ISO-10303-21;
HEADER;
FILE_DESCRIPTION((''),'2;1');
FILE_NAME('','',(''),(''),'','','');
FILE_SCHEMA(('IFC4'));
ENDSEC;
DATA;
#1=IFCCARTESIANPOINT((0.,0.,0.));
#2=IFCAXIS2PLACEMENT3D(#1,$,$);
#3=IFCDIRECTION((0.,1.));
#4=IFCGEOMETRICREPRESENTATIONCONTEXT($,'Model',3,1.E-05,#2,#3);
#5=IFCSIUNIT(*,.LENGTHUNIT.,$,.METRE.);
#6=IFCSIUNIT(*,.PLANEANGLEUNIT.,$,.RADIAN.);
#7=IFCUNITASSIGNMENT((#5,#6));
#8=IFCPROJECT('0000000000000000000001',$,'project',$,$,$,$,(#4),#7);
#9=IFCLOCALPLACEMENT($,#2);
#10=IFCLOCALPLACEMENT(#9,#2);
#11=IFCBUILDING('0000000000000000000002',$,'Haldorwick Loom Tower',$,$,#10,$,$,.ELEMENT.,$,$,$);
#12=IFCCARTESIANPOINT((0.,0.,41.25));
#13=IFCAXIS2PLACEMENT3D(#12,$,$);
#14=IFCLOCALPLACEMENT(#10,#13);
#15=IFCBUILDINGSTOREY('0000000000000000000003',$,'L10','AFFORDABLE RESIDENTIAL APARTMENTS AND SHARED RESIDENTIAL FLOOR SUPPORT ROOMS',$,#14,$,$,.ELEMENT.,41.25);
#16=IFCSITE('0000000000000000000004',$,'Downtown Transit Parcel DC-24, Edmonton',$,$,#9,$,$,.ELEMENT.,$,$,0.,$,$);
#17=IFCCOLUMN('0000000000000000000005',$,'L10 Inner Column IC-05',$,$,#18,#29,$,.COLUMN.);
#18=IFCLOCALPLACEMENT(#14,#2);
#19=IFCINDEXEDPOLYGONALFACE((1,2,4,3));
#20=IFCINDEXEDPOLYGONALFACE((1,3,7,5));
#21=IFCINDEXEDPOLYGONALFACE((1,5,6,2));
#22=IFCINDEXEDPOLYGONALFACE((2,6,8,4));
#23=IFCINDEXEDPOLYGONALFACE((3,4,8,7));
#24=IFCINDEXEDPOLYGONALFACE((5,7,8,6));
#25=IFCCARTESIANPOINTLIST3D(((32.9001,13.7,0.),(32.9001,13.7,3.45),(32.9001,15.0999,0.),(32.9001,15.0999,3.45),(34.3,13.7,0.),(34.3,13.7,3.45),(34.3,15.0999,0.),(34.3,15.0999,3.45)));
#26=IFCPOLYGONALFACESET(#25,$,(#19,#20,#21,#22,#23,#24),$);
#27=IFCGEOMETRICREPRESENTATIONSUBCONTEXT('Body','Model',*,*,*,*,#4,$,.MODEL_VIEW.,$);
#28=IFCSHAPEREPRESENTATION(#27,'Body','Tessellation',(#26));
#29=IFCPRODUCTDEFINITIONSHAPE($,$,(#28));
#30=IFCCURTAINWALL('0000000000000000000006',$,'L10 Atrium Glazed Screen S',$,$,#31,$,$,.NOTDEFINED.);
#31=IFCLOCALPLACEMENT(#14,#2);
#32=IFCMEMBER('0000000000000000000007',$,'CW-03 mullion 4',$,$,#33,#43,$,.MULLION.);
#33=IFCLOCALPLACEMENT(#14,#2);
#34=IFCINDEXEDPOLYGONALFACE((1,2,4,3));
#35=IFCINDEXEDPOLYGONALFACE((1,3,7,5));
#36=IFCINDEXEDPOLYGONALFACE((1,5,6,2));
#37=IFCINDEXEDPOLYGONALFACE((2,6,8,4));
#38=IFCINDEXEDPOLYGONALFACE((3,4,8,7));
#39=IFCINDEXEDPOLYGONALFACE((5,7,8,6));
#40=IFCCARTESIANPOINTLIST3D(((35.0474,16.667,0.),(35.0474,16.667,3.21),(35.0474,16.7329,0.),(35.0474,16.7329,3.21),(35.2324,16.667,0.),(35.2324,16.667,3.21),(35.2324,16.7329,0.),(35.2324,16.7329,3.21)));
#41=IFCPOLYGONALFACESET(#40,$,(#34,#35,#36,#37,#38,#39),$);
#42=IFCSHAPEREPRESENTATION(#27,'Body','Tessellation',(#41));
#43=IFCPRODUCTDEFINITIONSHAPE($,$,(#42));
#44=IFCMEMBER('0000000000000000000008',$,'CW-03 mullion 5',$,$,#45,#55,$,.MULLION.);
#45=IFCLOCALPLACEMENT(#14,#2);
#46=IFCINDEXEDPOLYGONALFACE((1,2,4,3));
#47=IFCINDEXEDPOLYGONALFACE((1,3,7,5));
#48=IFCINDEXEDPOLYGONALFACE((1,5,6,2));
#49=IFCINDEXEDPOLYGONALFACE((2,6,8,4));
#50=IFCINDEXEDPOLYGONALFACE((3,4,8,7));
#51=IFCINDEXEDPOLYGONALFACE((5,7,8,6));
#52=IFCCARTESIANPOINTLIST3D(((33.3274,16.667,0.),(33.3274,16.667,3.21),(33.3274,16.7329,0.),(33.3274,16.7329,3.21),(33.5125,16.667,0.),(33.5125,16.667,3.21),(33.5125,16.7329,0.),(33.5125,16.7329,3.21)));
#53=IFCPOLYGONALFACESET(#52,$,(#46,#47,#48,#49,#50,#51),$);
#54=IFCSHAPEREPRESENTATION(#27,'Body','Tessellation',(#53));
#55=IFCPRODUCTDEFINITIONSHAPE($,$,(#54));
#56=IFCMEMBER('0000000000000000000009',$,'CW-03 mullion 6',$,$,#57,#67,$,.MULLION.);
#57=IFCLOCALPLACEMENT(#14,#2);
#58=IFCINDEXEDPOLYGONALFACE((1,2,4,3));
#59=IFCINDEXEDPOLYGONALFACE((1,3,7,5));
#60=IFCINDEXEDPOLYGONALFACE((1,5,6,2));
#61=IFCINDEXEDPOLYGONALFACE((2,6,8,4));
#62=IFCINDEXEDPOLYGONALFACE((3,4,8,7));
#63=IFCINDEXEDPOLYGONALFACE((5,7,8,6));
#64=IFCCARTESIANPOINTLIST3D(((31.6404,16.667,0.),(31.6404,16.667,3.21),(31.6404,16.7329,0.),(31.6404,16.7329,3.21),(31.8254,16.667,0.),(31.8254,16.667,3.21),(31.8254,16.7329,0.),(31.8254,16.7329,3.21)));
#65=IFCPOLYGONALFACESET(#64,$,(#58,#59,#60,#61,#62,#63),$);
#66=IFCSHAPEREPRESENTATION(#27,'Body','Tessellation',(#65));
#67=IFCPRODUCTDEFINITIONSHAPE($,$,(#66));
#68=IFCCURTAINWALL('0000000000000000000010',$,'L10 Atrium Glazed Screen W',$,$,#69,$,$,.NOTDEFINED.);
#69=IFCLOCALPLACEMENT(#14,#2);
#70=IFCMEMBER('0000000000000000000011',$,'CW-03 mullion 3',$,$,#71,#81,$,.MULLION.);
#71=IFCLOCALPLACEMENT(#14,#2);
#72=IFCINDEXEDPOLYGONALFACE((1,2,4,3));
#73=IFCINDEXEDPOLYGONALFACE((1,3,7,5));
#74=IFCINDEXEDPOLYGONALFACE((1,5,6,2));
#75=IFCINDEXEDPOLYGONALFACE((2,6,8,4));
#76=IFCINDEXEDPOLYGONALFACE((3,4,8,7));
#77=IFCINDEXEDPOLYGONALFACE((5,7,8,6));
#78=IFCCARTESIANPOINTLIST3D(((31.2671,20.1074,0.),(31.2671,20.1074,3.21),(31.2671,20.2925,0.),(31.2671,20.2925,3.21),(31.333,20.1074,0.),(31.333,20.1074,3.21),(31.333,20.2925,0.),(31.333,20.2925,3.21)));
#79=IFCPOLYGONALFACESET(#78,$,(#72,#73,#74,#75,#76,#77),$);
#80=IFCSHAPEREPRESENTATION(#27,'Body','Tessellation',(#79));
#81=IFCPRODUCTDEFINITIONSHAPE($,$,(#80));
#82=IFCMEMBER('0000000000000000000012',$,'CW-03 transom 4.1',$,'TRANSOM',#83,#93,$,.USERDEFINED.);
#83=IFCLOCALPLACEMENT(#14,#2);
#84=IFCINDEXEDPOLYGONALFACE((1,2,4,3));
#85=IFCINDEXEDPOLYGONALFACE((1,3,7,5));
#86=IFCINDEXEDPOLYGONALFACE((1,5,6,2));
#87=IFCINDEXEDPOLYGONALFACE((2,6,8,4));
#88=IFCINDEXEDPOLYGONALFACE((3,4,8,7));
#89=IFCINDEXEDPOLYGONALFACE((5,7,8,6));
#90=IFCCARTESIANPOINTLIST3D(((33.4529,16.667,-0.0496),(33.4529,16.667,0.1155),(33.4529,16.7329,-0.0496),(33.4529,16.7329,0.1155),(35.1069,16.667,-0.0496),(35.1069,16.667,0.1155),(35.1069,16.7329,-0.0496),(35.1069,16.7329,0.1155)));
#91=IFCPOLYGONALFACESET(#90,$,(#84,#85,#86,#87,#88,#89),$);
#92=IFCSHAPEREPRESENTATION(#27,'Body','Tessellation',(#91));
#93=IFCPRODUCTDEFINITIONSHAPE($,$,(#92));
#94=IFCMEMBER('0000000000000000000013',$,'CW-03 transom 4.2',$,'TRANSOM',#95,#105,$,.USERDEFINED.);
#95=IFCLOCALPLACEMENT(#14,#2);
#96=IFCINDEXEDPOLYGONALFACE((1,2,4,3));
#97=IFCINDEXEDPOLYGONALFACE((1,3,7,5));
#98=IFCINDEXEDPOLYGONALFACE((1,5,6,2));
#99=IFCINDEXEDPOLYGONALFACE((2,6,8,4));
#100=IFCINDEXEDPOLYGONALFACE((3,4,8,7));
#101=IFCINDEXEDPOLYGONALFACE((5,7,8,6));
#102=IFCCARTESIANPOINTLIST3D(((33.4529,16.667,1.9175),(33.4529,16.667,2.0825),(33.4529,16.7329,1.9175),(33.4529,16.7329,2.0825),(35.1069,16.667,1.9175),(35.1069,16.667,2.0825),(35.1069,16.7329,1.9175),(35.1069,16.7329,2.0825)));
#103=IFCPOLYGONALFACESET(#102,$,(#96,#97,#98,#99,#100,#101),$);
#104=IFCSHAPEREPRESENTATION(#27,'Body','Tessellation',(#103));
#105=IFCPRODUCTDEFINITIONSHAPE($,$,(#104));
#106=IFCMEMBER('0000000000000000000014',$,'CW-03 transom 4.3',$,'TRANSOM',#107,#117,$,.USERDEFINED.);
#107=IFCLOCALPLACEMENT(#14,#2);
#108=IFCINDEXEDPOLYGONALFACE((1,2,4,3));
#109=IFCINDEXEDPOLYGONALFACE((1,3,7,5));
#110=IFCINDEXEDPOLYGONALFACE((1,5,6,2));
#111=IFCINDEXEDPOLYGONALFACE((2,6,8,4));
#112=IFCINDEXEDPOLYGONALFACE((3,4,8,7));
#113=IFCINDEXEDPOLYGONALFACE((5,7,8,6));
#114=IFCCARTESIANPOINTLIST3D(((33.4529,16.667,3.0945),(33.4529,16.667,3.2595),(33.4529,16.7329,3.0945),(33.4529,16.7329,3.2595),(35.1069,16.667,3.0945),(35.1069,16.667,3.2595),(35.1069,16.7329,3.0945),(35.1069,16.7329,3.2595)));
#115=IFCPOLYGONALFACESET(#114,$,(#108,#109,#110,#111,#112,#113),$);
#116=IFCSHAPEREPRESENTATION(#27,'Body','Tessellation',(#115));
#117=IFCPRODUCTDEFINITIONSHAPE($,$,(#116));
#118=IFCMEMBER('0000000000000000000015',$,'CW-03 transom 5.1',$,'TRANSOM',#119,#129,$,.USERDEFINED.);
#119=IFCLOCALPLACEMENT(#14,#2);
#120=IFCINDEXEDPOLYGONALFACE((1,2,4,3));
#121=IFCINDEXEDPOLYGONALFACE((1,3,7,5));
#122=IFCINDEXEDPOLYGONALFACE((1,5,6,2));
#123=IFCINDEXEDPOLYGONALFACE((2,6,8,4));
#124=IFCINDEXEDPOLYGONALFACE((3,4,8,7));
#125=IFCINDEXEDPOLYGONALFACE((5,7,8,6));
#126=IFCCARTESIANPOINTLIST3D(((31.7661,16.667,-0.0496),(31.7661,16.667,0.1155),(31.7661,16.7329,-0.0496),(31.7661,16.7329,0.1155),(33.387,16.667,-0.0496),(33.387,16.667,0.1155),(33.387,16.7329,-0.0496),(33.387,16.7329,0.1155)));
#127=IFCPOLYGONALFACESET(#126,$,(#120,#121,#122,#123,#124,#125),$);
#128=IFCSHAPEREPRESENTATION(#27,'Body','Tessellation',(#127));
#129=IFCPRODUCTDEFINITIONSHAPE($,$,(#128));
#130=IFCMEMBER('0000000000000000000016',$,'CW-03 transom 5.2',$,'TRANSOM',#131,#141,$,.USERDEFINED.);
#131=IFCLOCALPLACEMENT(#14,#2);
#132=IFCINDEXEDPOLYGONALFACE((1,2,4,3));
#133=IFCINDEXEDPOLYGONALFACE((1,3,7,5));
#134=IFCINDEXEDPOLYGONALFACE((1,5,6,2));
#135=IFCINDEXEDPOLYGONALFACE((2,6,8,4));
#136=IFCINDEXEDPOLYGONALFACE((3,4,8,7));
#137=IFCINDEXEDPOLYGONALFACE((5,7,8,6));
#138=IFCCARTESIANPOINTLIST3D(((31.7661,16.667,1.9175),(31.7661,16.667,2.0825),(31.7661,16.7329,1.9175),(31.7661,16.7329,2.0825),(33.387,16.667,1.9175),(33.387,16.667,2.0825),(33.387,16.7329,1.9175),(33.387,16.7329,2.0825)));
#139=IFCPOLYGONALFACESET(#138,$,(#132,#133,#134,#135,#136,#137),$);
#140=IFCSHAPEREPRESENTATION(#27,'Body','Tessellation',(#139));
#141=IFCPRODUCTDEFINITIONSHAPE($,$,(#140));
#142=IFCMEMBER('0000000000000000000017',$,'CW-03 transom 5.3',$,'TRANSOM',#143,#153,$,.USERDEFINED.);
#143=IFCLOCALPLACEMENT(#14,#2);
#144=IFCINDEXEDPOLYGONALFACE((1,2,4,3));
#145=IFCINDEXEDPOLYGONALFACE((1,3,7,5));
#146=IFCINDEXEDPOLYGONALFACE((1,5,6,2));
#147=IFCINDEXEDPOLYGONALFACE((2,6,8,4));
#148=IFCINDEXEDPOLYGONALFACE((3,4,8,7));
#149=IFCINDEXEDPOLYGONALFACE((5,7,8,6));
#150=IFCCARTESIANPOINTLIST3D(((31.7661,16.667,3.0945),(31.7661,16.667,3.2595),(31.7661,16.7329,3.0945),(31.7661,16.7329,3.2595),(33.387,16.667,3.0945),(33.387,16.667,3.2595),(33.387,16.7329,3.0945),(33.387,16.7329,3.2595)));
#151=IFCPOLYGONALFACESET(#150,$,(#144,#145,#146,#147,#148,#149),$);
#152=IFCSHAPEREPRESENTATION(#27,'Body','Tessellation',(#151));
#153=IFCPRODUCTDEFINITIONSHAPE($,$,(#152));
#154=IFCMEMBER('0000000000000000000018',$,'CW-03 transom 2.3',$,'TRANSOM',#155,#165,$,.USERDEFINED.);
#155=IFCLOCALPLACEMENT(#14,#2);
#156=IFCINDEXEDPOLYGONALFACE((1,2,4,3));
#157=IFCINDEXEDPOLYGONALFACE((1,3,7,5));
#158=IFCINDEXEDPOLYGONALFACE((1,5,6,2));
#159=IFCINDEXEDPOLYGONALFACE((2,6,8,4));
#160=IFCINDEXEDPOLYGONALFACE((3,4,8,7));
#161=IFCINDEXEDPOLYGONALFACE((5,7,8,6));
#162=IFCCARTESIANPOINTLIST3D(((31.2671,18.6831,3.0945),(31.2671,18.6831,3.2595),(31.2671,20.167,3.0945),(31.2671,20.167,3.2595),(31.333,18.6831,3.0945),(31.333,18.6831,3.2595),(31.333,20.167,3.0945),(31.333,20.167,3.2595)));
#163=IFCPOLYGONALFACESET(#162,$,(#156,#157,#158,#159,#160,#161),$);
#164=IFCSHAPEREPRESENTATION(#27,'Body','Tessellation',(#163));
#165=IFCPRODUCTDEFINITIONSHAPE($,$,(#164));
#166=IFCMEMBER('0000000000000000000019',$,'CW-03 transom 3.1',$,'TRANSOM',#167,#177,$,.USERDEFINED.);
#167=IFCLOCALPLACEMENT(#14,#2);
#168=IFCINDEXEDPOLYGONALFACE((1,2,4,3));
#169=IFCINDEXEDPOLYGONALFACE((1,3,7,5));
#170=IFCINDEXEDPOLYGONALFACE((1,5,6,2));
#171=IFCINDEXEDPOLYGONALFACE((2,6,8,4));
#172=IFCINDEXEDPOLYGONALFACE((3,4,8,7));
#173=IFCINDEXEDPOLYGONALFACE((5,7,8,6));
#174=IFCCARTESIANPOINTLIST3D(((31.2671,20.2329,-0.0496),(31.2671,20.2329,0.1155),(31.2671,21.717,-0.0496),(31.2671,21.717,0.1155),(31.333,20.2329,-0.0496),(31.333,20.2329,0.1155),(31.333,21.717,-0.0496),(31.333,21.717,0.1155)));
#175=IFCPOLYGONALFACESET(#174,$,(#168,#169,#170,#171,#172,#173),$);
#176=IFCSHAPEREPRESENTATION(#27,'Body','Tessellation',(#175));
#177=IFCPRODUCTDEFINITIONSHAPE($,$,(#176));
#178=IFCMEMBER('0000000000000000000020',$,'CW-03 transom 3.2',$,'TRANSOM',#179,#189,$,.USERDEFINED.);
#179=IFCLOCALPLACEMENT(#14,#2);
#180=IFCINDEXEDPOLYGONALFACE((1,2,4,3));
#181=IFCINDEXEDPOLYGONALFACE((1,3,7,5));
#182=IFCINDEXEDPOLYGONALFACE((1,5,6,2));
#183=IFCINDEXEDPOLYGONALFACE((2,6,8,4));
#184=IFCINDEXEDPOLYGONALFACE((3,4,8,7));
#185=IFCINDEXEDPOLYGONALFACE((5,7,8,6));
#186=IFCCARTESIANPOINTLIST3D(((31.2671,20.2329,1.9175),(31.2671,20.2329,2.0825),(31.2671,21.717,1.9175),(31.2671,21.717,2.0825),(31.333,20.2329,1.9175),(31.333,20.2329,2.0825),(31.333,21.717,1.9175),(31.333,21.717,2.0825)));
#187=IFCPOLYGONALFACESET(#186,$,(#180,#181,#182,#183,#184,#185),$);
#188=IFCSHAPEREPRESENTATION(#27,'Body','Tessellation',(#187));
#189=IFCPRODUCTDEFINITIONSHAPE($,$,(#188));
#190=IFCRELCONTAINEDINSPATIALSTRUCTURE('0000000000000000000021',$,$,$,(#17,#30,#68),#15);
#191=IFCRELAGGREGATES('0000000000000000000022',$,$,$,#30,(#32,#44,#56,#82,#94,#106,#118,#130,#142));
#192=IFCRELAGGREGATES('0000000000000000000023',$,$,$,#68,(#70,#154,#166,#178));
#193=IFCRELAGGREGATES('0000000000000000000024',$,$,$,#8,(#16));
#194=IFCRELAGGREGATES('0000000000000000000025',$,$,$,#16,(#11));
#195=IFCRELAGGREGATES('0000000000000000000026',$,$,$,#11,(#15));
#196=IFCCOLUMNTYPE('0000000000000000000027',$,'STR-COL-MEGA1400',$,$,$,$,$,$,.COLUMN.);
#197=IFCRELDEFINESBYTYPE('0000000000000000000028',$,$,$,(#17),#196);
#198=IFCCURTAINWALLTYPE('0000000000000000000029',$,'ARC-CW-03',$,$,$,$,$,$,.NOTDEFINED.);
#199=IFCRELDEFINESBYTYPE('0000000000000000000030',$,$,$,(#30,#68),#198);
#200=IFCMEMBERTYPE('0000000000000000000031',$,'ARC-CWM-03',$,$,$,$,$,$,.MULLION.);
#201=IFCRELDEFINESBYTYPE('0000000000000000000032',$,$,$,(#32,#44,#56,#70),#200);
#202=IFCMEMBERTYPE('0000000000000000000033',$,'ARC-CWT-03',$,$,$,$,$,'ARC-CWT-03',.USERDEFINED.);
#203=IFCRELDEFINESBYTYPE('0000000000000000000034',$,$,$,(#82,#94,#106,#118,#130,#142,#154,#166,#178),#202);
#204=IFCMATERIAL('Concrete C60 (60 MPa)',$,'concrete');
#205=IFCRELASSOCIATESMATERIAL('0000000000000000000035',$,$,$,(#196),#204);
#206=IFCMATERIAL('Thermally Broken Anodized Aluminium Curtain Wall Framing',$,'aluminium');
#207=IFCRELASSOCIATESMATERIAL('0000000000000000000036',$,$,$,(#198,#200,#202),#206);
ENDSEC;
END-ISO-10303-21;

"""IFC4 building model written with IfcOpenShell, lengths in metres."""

from ifc_helpers import new_model, si_unit, direction, frame, origin, origin_2d, place, context, subcontext, project, spatial, rectangle, extrude, material, material_profile, profile_set, type_object, element, aggregate, save


model = new_model("IFC4")

# Units and contexts
model_context = context("Model", 3, precision=1e-05, world=origin(), true_north=direction((0.0, 1.0)))
body_context = subcontext(model_context, "Body", "Model", "MODEL_VIEW")
ifc_project = project(units=[si_unit("LENGTHUNIT", "METRE"), si_unit("PLANEANGLEUNIT", "RADIAN")], contexts=[model_context])

# Site, building, storey
site_placement = place(None, origin())
site = spatial("IfcSite", under=ifc_project, at=site_placement, Name="Downtown Transit Parcel DC-24, Edmonton", CompositionType="ELEMENT", RefElevation=0.0)
building_placement = place(site_placement, origin())
building = spatial("IfcBuilding", under=site, at=building_placement, Name="Haldorwick Loom Tower", CompositionType="ELEMENT")
storey_placement = place(building_placement, frame((0.0, 0.0, 41.25)))
storey = spatial("IfcBuildingStorey", under=building, at=storey_placement, Name="L10", Description="AFFORDABLE RESIDENTIAL APARTMENTS AND SHARED RESIDENTIAL FLOOR SUPPORT ROOMS", CompositionType="ELEMENT", Elevation=41.25)

# Column
ifc_material_1 = material(Name="Concrete C60 (60 MPa)", Category="concrete")
ifc_material_profile_1 = material_profile(ifc_material_1, rectangle(XDim=1.3999, YDim=1.3999, at=origin_2d()), Name="RC1400X1400", Category="concrete")
ifc_profile_set_1 = profile_set([ifc_material_profile_1], Name="Concrete C60 (60 MPa)")
column_type = type_object("IfcColumnType", Name="STR-COL-MEGA1400", PredefinedType="COLUMN", material=ifc_profile_set_1)
column_placement = place(storey_placement, frame((33.6001, 14.3999, 0.0), z_axis=(0.0, 0.0, 1.0), x_axis=(1.0, 0.0, 0.0)))
element("IfcColumn", 1, at=column_placement, inside=storey, type_object=column_type, Name="L10 Inner Column IC-05", PredefinedType="COLUMN", context=body_context, shape_type="SweptSolid", body=[
    extrude(rectangle(XDim=1.3999, YDim=1.3999, at=origin_2d()), origin(), (0.0, 0.0, 1.0), 3.45),
])

# Curtain wall, members
ifc_material_2 = material(Name="Thermally Broken Anodized Aluminium Curtain Wall Framing", Category="aluminium")
curtain_wall_type = type_object("IfcCurtainWallType", Name="ARC-CW-03", PredefinedType="NOTDEFINED", material=ifc_material_2)
curtain_wall_1_placement = place(storey_placement, origin())
curtain_wall_1 = element("IfcCurtainWall", 2, at=curtain_wall_1_placement, inside=storey, type_object=curtain_wall_type, Name="L10 Atrium Glazed Screen S", PredefinedType="NOTDEFINED")
ifc_material_profile_2 = material_profile(ifc_material_2, rectangle(XDim=0.0659, YDim=0.1851, at=origin_2d()), Name="ALU_MUL_66X185", Category="aluminium")
ifc_profile_set_2 = profile_set([ifc_material_profile_2], Name="Thermally Broken Anodized Aluminium Curtain Wall Framing")
member_type_1 = type_object("IfcMemberType", Name="ARC-CWM-03", PredefinedType="MULLION", material=ifc_profile_set_2)
member_1_placement = place(storey_placement, frame((35.1399, 16.7, 0.0), z_axis=(0.0, 0.0, 1.0), x_axis=(0.0, -1.0, 0.0)))
member_1 = element("IfcMember", 3, at=member_1_placement, type_object=member_type_1, Name="CW-03 mullion 4", PredefinedType="MULLION", context=body_context, shape_type="SweptSolid", body=[
    extrude(rectangle(XDim=0.0659, YDim=0.1851, at=origin_2d()), origin(), (0.0, 0.0, 1.0), 3.21),
])
member_2_placement = place(storey_placement, frame((33.4199, 16.7, 0.0), z_axis=(0.0, 0.0, 1.0), x_axis=(0.0, -1.0, 0.0)))
member_2 = element("IfcMember", 4, at=member_2_placement, type_object=member_type_1, Name="CW-03 mullion 5", PredefinedType="MULLION", context=body_context, shape_type="SweptSolid", body=[
    extrude(rectangle(XDim=0.0659, YDim=0.1851, at=origin_2d()), origin(), (0.0, 0.0, 1.0), 3.21),
])
member_3_placement = place(storey_placement, frame((31.7329, 16.7, 0.0), z_axis=(0.0, 0.0, 1.0), x_axis=(0.0, -1.0, 0.0)))
member_3 = element("IfcMember", 5, at=member_3_placement, type_object=member_type_1, Name="CW-03 mullion 6", PredefinedType="MULLION", context=body_context, shape_type="SweptSolid", body=[
    extrude(rectangle(XDim=0.0659, YDim=0.1851, at=origin_2d()), origin(), (0.0, 0.0, 1.0), 3.21),
])

# Curtain wall, member
curtain_wall_2_placement = place(storey_placement, origin())
curtain_wall_2 = element("IfcCurtainWall", 6, at=curtain_wall_2_placement, inside=storey, type_object=curtain_wall_type, Name="L10 Atrium Glazed Screen W", PredefinedType="NOTDEFINED")
member_4_placement = place(storey_placement, frame((31.3, 20.2, 0.0), z_axis=(0.0, 0.0, 1.0), x_axis=(-1.0, 0.0, 0.0)))
member_4 = element("IfcMember", 7, at=member_4_placement, type_object=member_type_1, Name="CW-03 mullion 3", PredefinedType="MULLION", context=body_context, shape_type="SweptSolid", body=[
    extrude(rectangle(XDim=0.0659, YDim=0.1851, at=origin_2d()), origin(), (0.0, 0.0, 1.0), 3.21),
])

# Members
ifc_material_profile_3 = material_profile(ifc_material_2, rectangle(XDim=0.0659, YDim=0.165, at=origin_2d()), Name="ALU_TRN_66X165", Category="aluminium")
ifc_profile_set_3 = profile_set([ifc_material_profile_3], Name="Thermally Broken Anodized Aluminium Curtain Wall Framing")
member_type_2 = type_object("IfcMemberType", Name="ARC-CWT-03", ElementType="ARC-CWT-03", PredefinedType="USERDEFINED", material=ifc_profile_set_3)
member_5_placement = place(storey_placement, frame((35.1069, 16.7, 0.033), z_axis=(-1.0, 0.0, 0.0), x_axis=(0.0, -1.0, 0.0)))
member_5 = element("IfcMember", 8, at=member_5_placement, type_object=member_type_2, Name="CW-03 transom 4.1", ObjectType="TRANSOM", PredefinedType="USERDEFINED", context=body_context, shape_type="SweptSolid", body=[
    extrude(rectangle(XDim=0.0659, YDim=0.165, at=origin_2d()), origin(), (0.0, 0.0, 1.0), 1.6541),
])
member_6_placement = place(storey_placement, frame((35.1069, 16.7, 2.0), z_axis=(-1.0, 0.0, 0.0), x_axis=(0.0, -1.0, 0.0)))
member_6 = element("IfcMember", 9, at=member_6_placement, type_object=member_type_2, Name="CW-03 transom 4.2", ObjectType="TRANSOM", PredefinedType="USERDEFINED", context=body_context, shape_type="SweptSolid", body=[
    extrude(rectangle(XDim=0.0659, YDim=0.165, at=origin_2d()), origin(), (0.0, 0.0, 1.0), 1.6541),
])
member_7_placement = place(storey_placement, frame((35.1069, 16.7, 3.177), z_axis=(-1.0, 0.0, 0.0), x_axis=(0.0, -1.0, 0.0)))
member_7 = element("IfcMember", 10, at=member_7_placement, type_object=member_type_2, Name="CW-03 transom 4.3", ObjectType="TRANSOM", PredefinedType="USERDEFINED", context=body_context, shape_type="SweptSolid", body=[
    extrude(rectangle(XDim=0.0659, YDim=0.165, at=origin_2d()), origin(), (0.0, 0.0, 1.0), 1.6541),
])
member_8_placement = place(storey_placement, frame((33.387, 16.7, 0.033), z_axis=(-1.0, 0.0, 0.0), x_axis=(0.0, -1.0, 0.0)))
member_8 = element("IfcMember", 11, at=member_8_placement, type_object=member_type_2, Name="CW-03 transom 5.1", ObjectType="TRANSOM", PredefinedType="USERDEFINED", context=body_context, shape_type="SweptSolid", body=[
    extrude(rectangle(XDim=0.0659, YDim=0.165, at=origin_2d()), origin(), (0.0, 0.0, 1.0), 1.6208),
])
member_9_placement = place(storey_placement, frame((33.387, 16.7, 2.0), z_axis=(-1.0, 0.0, 0.0), x_axis=(0.0, -1.0, 0.0)))
member_9 = element("IfcMember", 12, at=member_9_placement, type_object=member_type_2, Name="CW-03 transom 5.2", ObjectType="TRANSOM", PredefinedType="USERDEFINED", context=body_context, shape_type="SweptSolid", body=[
    extrude(rectangle(XDim=0.0659, YDim=0.165, at=origin_2d()), origin(), (0.0, 0.0, 1.0), 1.6208),
])
member_10_placement = place(storey_placement, frame((33.387, 16.7, 3.177), z_axis=(-1.0, 0.0, 0.0), x_axis=(0.0, -1.0, 0.0)))
member_10 = element("IfcMember", 13, at=member_10_placement, type_object=member_type_2, Name="CW-03 transom 5.3", ObjectType="TRANSOM", PredefinedType="USERDEFINED", context=body_context, shape_type="SweptSolid", body=[
    extrude(rectangle(XDim=0.0659, YDim=0.165, at=origin_2d()), origin(), (0.0, 0.0, 1.0), 1.6208),
])
member_11_placement = place(storey_placement, frame((31.3, 18.6831, 3.177), z_axis=(0.0, 1.0, 0.0), x_axis=(-1.0, 0.0, 0.0)))
member_11 = element("IfcMember", 14, at=member_11_placement, type_object=member_type_2, Name="CW-03 transom 2.3", ObjectType="TRANSOM", PredefinedType="USERDEFINED", context=body_context, shape_type="SweptSolid", body=[
    extrude(rectangle(XDim=0.0659, YDim=0.165, at=origin_2d()), origin(), (0.0, 0.0, 1.0), 1.4839),
])
member_12_placement = place(storey_placement, frame((31.3, 20.2329, 0.033), z_axis=(0.0, 1.0, 0.0), x_axis=(-1.0, 0.0, 0.0)))
member_12 = element("IfcMember", 15, at=member_12_placement, type_object=member_type_2, Name="CW-03 transom 3.1", ObjectType="TRANSOM", PredefinedType="USERDEFINED", context=body_context, shape_type="SweptSolid", body=[
    extrude(rectangle(XDim=0.0659, YDim=0.165, at=origin_2d()), origin(), (0.0, 0.0, 1.0), 1.4841),
])
member_13_placement = place(storey_placement, frame((31.3, 20.2329, 2.0), z_axis=(0.0, 1.0, 0.0), x_axis=(-1.0, 0.0, 0.0)))
member_13 = element("IfcMember", 16, at=member_13_placement, type_object=member_type_2, Name="CW-03 transom 3.2", ObjectType="TRANSOM", PredefinedType="USERDEFINED", context=body_context, shape_type="SweptSolid", body=[
    extrude(rectangle(XDim=0.0659, YDim=0.165, at=origin_2d()), origin(), (0.0, 0.0, 1.0), 1.4841),
])

aggregate(curtain_wall_1, [member_1, member_2, member_3, member_5, member_6, member_7, member_8, member_9, member_10])
aggregate(curtain_wall_2, [member_4, member_11, member_12, member_13])

save(model, "model.ifc")
